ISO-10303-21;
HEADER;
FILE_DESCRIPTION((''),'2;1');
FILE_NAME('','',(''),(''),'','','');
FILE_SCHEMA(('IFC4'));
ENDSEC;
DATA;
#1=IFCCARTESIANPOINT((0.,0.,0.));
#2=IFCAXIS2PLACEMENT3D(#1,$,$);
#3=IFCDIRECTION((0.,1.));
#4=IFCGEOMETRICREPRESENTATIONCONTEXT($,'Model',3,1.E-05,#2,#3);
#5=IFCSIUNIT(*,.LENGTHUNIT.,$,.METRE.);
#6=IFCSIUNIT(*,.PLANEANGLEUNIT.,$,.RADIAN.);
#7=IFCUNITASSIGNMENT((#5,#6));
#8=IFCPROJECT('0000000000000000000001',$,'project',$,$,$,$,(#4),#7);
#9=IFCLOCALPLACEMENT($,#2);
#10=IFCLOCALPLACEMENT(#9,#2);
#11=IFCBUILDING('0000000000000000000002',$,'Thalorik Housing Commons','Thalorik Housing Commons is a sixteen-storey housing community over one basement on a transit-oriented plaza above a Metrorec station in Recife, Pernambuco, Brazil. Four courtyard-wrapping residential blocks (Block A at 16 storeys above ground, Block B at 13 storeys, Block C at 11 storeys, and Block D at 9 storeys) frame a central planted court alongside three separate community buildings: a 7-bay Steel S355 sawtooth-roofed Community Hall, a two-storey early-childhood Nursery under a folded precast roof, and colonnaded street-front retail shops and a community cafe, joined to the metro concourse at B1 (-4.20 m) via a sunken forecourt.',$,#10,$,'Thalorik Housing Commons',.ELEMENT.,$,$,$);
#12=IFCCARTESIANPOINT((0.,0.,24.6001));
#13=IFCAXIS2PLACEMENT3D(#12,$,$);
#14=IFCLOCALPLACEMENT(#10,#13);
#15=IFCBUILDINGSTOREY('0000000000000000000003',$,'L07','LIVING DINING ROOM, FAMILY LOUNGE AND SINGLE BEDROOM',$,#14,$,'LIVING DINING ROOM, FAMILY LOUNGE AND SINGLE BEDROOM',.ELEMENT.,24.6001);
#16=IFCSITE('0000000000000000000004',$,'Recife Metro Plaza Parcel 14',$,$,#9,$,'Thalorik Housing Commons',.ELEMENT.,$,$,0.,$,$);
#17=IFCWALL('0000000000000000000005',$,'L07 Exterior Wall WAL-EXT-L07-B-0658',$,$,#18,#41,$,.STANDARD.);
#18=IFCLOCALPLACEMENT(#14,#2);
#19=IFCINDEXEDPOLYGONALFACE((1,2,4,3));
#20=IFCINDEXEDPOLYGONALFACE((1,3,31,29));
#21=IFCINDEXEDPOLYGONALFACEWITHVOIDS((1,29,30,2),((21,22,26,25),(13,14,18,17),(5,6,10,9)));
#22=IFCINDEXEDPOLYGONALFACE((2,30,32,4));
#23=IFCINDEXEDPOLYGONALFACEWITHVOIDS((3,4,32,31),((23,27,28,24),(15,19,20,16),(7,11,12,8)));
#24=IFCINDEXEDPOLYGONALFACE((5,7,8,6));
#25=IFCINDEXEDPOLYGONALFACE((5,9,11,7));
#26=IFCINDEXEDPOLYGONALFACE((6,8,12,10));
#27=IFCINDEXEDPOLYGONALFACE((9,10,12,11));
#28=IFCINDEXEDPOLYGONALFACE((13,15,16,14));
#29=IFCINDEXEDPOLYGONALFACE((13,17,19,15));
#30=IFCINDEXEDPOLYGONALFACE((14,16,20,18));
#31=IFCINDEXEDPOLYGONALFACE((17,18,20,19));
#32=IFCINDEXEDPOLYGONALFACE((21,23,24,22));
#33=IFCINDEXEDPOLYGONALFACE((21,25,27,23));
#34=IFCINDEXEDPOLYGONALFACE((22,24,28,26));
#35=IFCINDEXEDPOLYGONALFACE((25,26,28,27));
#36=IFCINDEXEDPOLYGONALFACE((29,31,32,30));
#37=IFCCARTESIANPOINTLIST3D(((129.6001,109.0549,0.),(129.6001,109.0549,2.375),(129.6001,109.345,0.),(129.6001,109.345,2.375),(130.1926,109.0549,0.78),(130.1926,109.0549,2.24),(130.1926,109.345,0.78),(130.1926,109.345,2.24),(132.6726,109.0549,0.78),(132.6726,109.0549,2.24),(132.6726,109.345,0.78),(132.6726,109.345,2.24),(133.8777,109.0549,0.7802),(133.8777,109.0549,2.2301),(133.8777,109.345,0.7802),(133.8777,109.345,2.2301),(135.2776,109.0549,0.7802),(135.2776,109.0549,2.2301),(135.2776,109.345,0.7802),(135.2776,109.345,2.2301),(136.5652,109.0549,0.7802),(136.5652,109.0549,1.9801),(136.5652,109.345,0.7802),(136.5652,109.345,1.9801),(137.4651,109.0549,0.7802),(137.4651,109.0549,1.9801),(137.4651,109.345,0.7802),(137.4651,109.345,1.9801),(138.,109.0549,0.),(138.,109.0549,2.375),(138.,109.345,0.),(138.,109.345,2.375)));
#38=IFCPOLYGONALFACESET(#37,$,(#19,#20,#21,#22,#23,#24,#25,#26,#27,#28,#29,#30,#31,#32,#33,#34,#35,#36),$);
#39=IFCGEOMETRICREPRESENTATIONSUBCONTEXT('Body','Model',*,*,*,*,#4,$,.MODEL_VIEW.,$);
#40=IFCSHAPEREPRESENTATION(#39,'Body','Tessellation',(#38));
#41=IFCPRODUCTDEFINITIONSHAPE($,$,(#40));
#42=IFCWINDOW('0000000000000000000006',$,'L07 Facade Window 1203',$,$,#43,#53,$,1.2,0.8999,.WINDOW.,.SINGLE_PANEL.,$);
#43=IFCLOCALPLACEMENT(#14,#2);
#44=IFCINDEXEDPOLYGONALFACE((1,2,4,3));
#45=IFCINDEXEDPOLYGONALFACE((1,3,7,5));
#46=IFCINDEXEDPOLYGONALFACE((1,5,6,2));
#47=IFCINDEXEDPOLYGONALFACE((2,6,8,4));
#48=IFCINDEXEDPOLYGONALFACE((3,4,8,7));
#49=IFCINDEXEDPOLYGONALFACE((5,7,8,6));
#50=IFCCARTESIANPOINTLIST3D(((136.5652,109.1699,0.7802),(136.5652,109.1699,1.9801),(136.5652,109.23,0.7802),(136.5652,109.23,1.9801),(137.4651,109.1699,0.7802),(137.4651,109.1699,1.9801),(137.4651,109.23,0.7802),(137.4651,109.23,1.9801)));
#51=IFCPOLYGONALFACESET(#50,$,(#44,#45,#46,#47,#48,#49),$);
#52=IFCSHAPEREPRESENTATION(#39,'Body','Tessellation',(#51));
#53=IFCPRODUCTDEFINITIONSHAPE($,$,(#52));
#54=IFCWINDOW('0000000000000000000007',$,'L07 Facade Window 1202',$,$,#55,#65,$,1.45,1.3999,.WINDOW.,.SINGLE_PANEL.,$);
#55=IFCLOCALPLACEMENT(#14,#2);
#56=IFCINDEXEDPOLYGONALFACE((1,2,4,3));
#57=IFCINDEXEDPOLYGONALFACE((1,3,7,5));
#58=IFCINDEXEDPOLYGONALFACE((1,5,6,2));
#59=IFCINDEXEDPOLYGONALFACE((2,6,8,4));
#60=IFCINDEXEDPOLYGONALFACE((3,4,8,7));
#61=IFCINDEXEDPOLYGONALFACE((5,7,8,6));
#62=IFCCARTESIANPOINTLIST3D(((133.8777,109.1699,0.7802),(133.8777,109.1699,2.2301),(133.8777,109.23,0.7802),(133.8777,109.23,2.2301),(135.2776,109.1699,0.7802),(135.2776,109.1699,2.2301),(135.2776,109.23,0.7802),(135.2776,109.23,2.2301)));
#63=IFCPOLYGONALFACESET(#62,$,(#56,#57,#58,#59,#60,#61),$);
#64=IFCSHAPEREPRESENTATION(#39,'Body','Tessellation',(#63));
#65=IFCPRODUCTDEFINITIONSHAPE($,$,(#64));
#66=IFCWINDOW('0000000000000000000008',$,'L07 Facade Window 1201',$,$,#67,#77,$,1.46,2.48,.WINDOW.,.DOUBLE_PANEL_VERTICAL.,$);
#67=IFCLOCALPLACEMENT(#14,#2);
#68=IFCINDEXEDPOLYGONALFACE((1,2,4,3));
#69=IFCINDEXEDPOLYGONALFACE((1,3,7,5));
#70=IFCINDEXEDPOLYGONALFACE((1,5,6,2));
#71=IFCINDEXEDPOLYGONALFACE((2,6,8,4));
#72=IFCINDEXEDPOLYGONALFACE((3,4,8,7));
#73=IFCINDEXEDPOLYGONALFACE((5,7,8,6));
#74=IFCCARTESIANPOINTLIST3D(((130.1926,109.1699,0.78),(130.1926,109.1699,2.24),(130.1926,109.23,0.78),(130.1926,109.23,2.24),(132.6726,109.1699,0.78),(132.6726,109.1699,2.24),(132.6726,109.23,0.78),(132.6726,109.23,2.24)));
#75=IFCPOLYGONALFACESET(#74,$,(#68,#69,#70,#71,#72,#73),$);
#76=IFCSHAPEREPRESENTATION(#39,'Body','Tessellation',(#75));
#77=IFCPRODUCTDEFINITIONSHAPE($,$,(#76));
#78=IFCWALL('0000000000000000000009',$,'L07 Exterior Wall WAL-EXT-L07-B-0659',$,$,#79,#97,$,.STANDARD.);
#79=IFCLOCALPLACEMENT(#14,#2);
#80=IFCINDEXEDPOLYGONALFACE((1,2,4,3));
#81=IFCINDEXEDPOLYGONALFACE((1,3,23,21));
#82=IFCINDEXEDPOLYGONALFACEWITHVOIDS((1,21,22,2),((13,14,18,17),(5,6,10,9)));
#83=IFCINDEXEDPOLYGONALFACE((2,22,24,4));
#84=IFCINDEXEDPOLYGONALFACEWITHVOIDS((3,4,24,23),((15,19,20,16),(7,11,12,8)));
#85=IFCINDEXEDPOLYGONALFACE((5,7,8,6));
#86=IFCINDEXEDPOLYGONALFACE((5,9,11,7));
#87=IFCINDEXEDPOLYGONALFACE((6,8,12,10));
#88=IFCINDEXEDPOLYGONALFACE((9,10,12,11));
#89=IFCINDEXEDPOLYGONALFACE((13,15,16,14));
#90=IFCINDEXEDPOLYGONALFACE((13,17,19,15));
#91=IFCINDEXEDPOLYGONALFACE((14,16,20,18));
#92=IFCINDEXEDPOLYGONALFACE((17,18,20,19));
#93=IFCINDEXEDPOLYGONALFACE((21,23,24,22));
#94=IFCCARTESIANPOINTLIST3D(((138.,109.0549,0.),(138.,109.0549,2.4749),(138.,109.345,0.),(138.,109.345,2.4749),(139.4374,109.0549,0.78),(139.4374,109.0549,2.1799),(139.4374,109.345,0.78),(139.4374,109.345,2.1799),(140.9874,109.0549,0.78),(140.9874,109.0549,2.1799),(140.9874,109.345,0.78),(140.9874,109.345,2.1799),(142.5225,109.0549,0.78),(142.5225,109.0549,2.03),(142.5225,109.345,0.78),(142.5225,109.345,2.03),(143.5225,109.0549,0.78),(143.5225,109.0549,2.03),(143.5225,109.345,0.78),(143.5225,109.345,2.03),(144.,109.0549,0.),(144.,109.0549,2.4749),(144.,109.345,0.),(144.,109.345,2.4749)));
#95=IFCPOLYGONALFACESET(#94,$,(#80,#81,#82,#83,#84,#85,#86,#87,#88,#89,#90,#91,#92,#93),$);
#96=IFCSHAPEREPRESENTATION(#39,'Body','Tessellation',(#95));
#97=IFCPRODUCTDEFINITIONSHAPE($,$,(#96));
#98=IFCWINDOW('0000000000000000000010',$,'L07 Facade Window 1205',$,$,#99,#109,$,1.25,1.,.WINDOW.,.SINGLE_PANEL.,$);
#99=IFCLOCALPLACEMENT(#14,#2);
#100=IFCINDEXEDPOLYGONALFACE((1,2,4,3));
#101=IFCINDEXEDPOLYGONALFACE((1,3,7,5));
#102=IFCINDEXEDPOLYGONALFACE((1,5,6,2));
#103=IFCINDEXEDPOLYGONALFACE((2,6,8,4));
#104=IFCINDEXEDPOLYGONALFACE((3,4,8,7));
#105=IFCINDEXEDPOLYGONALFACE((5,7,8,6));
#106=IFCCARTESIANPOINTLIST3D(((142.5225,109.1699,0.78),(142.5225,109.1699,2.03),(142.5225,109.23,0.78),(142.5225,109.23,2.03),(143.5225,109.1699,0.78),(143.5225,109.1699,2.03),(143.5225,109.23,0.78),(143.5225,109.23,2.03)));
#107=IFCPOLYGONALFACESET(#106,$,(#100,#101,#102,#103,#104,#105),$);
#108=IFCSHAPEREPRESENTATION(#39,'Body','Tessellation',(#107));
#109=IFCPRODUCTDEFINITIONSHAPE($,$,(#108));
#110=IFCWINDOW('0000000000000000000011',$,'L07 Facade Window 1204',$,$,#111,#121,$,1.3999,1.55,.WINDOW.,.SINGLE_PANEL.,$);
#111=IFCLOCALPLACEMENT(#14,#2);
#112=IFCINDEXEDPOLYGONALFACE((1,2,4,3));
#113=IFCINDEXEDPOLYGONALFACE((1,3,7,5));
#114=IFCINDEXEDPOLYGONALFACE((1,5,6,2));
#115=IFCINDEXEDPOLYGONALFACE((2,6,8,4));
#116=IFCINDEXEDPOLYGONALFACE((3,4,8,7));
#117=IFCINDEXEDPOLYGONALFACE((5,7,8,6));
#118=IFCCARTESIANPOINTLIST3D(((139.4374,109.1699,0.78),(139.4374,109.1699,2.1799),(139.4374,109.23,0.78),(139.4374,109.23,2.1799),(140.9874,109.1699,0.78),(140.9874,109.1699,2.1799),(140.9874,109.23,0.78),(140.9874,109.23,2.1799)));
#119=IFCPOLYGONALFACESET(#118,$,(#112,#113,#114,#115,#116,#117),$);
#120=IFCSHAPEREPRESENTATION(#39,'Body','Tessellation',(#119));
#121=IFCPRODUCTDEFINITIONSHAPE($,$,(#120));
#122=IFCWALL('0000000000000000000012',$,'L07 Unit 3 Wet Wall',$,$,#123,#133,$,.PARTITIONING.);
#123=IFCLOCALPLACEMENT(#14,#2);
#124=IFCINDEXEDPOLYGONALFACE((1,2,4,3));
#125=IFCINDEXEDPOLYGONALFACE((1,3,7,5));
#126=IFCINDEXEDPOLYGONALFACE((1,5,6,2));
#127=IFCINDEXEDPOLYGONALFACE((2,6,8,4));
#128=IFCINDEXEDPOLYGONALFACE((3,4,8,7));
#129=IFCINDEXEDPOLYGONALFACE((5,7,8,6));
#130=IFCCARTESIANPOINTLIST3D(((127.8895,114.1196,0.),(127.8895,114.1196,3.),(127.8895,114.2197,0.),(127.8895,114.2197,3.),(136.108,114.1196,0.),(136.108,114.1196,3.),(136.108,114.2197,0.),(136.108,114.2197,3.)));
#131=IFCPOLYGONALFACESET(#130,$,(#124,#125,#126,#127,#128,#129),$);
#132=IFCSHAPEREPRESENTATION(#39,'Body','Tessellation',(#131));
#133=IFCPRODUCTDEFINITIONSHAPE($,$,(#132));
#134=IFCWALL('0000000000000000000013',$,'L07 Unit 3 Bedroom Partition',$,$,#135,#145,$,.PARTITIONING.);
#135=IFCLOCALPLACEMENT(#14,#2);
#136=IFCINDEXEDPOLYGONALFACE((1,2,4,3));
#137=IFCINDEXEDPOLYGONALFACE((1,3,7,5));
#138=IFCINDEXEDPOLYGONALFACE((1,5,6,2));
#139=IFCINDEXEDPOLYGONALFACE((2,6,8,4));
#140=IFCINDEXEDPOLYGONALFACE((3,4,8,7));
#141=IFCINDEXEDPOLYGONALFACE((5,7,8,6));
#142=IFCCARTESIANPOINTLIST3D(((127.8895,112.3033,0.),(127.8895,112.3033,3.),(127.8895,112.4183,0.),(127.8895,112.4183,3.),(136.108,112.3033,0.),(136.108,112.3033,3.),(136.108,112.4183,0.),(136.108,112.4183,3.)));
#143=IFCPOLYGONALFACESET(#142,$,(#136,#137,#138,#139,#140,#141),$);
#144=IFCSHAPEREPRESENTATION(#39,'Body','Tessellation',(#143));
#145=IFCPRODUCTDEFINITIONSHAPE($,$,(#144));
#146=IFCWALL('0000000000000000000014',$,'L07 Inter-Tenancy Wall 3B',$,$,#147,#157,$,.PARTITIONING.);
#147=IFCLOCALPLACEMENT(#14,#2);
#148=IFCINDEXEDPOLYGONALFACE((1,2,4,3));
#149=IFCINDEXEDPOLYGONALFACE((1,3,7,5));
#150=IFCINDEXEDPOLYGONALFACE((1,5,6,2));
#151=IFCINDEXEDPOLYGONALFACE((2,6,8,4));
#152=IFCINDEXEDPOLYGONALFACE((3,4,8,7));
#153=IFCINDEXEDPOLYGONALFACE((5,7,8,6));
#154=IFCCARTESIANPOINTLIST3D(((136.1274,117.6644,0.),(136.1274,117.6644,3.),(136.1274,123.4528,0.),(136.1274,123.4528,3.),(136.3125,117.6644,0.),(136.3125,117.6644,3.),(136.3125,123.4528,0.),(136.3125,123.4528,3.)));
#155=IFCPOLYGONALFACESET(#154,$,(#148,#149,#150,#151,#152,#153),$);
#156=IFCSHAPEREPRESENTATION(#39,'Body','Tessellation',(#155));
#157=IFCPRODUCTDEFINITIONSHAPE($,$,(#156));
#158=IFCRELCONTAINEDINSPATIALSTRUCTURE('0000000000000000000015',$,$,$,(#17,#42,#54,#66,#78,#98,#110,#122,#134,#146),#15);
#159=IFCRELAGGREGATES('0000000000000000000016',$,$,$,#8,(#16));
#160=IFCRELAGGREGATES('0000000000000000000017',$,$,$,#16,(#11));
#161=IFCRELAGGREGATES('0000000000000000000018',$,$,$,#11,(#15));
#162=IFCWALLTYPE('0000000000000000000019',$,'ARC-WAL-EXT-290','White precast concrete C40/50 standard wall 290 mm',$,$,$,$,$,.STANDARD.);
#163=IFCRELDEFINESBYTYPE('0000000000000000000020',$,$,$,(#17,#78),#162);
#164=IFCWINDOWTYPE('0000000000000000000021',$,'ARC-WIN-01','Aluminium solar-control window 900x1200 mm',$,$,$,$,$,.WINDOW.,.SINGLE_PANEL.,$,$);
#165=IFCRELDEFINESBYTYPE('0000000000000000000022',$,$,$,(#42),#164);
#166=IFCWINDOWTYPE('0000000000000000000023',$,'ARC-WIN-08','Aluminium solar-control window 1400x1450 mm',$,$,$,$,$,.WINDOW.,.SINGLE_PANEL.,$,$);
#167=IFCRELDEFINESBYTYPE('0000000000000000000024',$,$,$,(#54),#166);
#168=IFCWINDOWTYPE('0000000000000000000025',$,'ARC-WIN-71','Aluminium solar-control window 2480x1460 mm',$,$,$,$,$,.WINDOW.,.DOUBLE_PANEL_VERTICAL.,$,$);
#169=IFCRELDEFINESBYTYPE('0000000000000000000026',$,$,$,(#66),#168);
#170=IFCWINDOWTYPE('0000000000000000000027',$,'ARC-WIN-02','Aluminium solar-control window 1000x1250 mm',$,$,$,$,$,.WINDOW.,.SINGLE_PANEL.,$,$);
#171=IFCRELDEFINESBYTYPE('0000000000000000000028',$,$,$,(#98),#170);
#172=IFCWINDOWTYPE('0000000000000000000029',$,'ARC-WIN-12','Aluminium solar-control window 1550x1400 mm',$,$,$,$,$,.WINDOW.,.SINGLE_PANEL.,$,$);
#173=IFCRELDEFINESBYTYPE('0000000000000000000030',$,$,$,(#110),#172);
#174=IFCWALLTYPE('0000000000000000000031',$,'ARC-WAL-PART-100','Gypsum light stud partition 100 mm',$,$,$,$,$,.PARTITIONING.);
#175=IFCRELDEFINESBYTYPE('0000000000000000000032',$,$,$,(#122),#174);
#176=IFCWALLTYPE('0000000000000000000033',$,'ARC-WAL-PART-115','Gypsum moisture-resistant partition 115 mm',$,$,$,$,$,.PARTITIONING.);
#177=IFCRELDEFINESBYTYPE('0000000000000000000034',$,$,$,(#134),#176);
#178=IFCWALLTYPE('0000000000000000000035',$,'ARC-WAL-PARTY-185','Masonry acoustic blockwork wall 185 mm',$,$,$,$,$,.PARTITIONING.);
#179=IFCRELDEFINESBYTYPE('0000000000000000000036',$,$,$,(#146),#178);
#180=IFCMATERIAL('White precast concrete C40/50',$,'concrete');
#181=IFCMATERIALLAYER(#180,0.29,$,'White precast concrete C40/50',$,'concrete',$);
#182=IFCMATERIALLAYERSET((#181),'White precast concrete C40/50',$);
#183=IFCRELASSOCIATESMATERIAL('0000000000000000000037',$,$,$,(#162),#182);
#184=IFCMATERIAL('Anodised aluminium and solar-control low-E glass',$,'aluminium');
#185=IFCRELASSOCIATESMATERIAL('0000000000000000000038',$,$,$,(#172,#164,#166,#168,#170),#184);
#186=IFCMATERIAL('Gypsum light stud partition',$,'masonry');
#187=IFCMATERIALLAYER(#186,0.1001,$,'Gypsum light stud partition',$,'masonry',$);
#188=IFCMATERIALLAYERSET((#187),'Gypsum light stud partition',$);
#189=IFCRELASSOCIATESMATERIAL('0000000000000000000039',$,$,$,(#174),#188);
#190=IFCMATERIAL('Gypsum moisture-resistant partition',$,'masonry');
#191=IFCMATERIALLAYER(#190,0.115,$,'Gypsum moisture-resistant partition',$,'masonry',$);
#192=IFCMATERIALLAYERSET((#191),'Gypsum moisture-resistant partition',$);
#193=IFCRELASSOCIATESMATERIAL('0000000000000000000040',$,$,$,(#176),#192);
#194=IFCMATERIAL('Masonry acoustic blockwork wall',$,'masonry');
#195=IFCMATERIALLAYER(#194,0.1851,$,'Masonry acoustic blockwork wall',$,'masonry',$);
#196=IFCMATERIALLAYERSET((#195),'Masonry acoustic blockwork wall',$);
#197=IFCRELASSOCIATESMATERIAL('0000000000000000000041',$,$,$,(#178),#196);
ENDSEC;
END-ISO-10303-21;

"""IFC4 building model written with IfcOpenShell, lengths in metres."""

from ifc_helpers import new_model, si_unit, direction, frame, frame_2d, origin, place, context, subcontext, project, spatial, rectangle, extrude, material, layer, layer_set, type_object, element, fill, save


model = new_model("IFC4")

# Units and contexts
model_context = context("Model", 3, precision=1e-05, world=origin(), true_north=direction((0.0, 1.0)))
body_context = subcontext(model_context, "Body", "Model", "MODEL_VIEW")
ifc_project = project(units=[si_unit("LENGTHUNIT", "METRE"), si_unit("PLANEANGLEUNIT", "RADIAN")], contexts=[model_context])

# Site, building, storey
site_placement = place(None, origin())
site = spatial("IfcSite", under=ifc_project, at=site_placement, Name="Recife Metro Plaza Parcel 14", LongName="Thalorik Housing Commons", CompositionType="ELEMENT", RefElevation=0.0)
building_placement = place(site_placement, origin())
building = spatial("IfcBuilding", under=site, at=building_placement, Name="Thalorik Housing Commons", Description="Thalorik Housing Commons is a sixteen-storey housing community over one basement on a transit-oriented plaza above a Metrorec station in Recife, Pernambuco, Brazil. Four courtyard-wrapping residential blocks (Block A at 16 storeys above ground, Block B at 13 storeys, Block C at 11 storeys, and Block D at 9 storeys) frame a central planted court alongside three separate community buildings: a 7-bay Steel S355 sawtooth-roofed Community Hall, a two-storey early-childhood Nursery under a folded precast roof, and colonnaded street-front retail shops and a community cafe, joined to the metro concourse at B1 (-4.20 m) via a sunken forecourt.", LongName="Thalorik Housing Commons", CompositionType="ELEMENT")
storey_placement = place(building_placement, frame((0.0, 0.0, 24.6001)))
storey = spatial("IfcBuildingStorey", under=building, at=storey_placement, Name="L07", Description="LIVING DINING ROOM, FAMILY LOUNGE AND SINGLE BEDROOM", LongName="LIVING DINING ROOM, FAMILY LOUNGE AND SINGLE BEDROOM", CompositionType="ELEMENT", Elevation=24.6001)

# Shared definitions
ifc_material_1 = material(Name="White precast concrete C40/50", Category="concrete")
ifc_layer_1 = layer(ifc_material_1, 0.29, Name="White precast concrete C40/50", Category="concrete")
ifc_layer_set_1 = layer_set([ifc_layer_1], Name="White precast concrete C40/50")
wall_type_1 = type_object("IfcWallType", Name="ARC-WAL-EXT-290", Description="White precast concrete C40/50 standard wall 290 mm", PredefinedType="STANDARD", material=ifc_layer_set_1)
ifc_material_2 = material(Name="Anodised aluminium and solar-control low-E glass", Category="aluminium")
window_type_1 = type_object("IfcWindowType", Name="ARC-WIN-12", Description="Aluminium solar-control window 1550x1400 mm", PartitioningType="SINGLE_PANEL", PredefinedType="WINDOW", material=ifc_material_2)

# Walls, openings, windows
wall_1_placement = place(storey_placement, frame((129.6001, 109.2, 0.0), z_axis=(0.0, 0.0, 1.0), x_axis=(1.0, 0.0, 0.0)))
wall_1 = element("IfcWall", 1, at=wall_1_placement, inside=storey, type_object=wall_type_1, Name="L07 Exterior Wall WAL-EXT-L07-B-0658", PredefinedType="STANDARD", context=body_context, shape_type="SweptSolid", body=[
    extrude(rectangle(XDim=8.3999, YDim=0.29, at=frame_2d((4.2, 0.0))), origin(), (0.0, 0.0, 1.0), 2.375),
])
opening_1_placement = place(wall_1_placement, frame((0.5925, 0.0, 0.78)))
opening_1 = element("IfcOpeningElement", 2, at=opening_1_placement, cuts=wall_1, PredefinedType="OPENING", context=body_context, shape_type="SweptSolid", body=[
    extrude(rectangle(XDim=2.48, YDim=1.46, at=frame_2d((1.24, 0.73))), frame((0.0, 0.155, 0.0), z_axis=(0.0, -1.0, 0.0), x_axis=(1.0, 0.0, 0.0)), (0.0, 0.0, 1.0), 0.3101),
])
opening_2_placement = place(wall_1_placement, frame((4.2776, 0.0, 0.78)))
opening_2 = element("IfcOpeningElement", 3, at=opening_2_placement, cuts=wall_1, PredefinedType="OPENING", context=body_context, shape_type="SweptSolid", body=[
    extrude(rectangle(XDim=1.3999, YDim=1.45, at=frame_2d((0.7, 0.7251))), frame((0.0, 0.155, 0.0), z_axis=(0.0, -1.0, 0.0), x_axis=(1.0, 0.0, 0.0)), (0.0, 0.0, 1.0), 0.3101),
])
opening_3_placement = place(wall_1_placement, frame((6.9651, 0.0, 0.78)))
opening_3 = element("IfcOpeningElement", 4, at=opening_3_placement, cuts=wall_1, PredefinedType="OPENING", context=body_context, shape_type="SweptSolid", body=[
    extrude(rectangle(XDim=0.8999, YDim=1.2, at=frame_2d((0.45, 0.6001))), frame((0.0, 0.155, 0.0), z_axis=(0.0, -1.0, 0.0), x_axis=(1.0, 0.0, 0.0)), (0.0, 0.0, 1.0), 0.3101),
])
window_type_2 = type_object("IfcWindowType", Name="ARC-WIN-01", Description="Aluminium solar-control window 900x1200 mm", PartitioningType="SINGLE_PANEL", PredefinedType="WINDOW", material=ifc_material_2)
window_1_placement = place(opening_3_placement, origin())
window_1 = element("IfcWindow", 5, at=window_1_placement, inside=storey, type_object=window_type_2, Name="L07 Facade Window 1203", OverallHeight=1.2, OverallWidth=0.8999, PartitioningType="SINGLE_PANEL", PredefinedType="WINDOW", context=body_context, shape_type="SweptSolid", body=[
    extrude(rectangle(XDim=0.8999, YDim=1.2, at=frame_2d((0.45, 0.6001))), frame((0.0, 0.03, 0.0), z_axis=(0.0, -1.0, 0.0), x_axis=(1.0, 0.0, 0.0)), (0.0, 0.0, 1.0), 0.0601),
])
fill(opening_3, window_1)
window_type_3 = type_object("IfcWindowType", Name="ARC-WIN-08", Description="Aluminium solar-control window 1400x1450 mm", PartitioningType="SINGLE_PANEL", PredefinedType="WINDOW", material=ifc_material_2)
window_2_placement = place(opening_2_placement, origin())
window_2 = element("IfcWindow", 6, at=window_2_placement, inside=storey, type_object=window_type_3, Name="L07 Facade Window 1202", OverallHeight=1.45, OverallWidth=1.3999, PartitioningType="SINGLE_PANEL", PredefinedType="WINDOW", context=body_context, shape_type="SweptSolid", body=[
    extrude(rectangle(XDim=1.3999, YDim=1.45, at=frame_2d((0.7, 0.7251))), frame((0.0, 0.03, 0.0), z_axis=(0.0, -1.0, 0.0), x_axis=(1.0, 0.0, 0.0)), (0.0, 0.0, 1.0), 0.0601),
])
fill(opening_2, window_2)
window_type_4 = type_object("IfcWindowType", Name="ARC-WIN-71", Description="Aluminium solar-control window 2480x1460 mm", PartitioningType="DOUBLE_PANEL_VERTICAL", PredefinedType="WINDOW", material=ifc_material_2)
window_3_placement = place(opening_1_placement, origin())
window_3 = element("IfcWindow", 7, at=window_3_placement, inside=storey, type_object=window_type_4, Name="L07 Facade Window 1201", OverallHeight=1.46, OverallWidth=2.48, PartitioningType="DOUBLE_PANEL_VERTICAL", PredefinedType="WINDOW", context=body_context, shape_type="SweptSolid", body=[
    extrude(rectangle(XDim=2.48, YDim=1.46, at=frame_2d((1.24, 0.73))), frame((0.0, 0.03, 0.0), z_axis=(0.0, -1.0, 0.0), x_axis=(1.0, 0.0, 0.0)), (0.0, 0.0, 1.0), 0.0601),
])
fill(opening_1, window_3)
wall_2_placement = place(storey_placement, frame((138.0, 109.2, 0.0), z_axis=(0.0, 0.0, 1.0), x_axis=(1.0, 0.0, 0.0)))
wall_2 = element("IfcWall", 8, at=wall_2_placement, inside=storey, type_object=wall_type_1, Name="L07 Exterior Wall WAL-EXT-L07-B-0659", PredefinedType="STANDARD", context=body_context, shape_type="SweptSolid", body=[
    extrude(rectangle(XDim=6.0, YDim=0.29, at=frame_2d((3.0, 0.0))), origin(), (0.0, 0.0, 1.0), 2.4749),
])
opening_4_placement = place(wall_2_placement, frame((1.4375, 0.0, 0.78)))
opening_4 = element("IfcOpeningElement", 9, at=opening_4_placement, cuts=wall_2, PredefinedType="OPENING", context=body_context, shape_type="SweptSolid", body=[
    extrude(rectangle(XDim=1.55, YDim=1.3999, at=frame_2d((0.7749, 0.7))), frame((0.0, 0.155, 0.0), z_axis=(0.0, -1.0, 0.0), x_axis=(1.0, 0.0, 0.0)), (0.0, 0.0, 1.0), 0.3101),
])
opening_5_placement = place(wall_2_placement, frame((4.5225, 0.0, 0.78)))
opening_5 = element("IfcOpeningElement", 10, at=opening_5_placement, cuts=wall_2, PredefinedType="OPENING", context=body_context, shape_type="SweptSolid", body=[
    extrude(rectangle(XDim=1.0, YDim=1.25, at=frame_2d((0.5, 0.625))), frame((0.0, 0.155, 0.0), z_axis=(0.0, -1.0, 0.0), x_axis=(1.0, 0.0, 0.0)), (0.0, 0.0, 1.0), 0.3101),
])
window_type_5 = type_object("IfcWindowType", Name="ARC-WIN-02", Description="Aluminium solar-control window 1000x1250 mm", PartitioningType="SINGLE_PANEL", PredefinedType="WINDOW", material=ifc_material_2)
window_4_placement = place(opening_5_placement, origin())
window_4 = element("IfcWindow", 11, at=window_4_placement, inside=storey, type_object=window_type_5, Name="L07 Facade Window 1205", OverallHeight=1.25, OverallWidth=1.0, PartitioningType="SINGLE_PANEL", PredefinedType="WINDOW", context=body_context, shape_type="SweptSolid", body=[
    extrude(rectangle(XDim=1.0, YDim=1.25, at=frame_2d((0.5, 0.625))), frame((0.0, 0.03, 0.0), z_axis=(0.0, -1.0, 0.0), x_axis=(1.0, 0.0, 0.0)), (0.0, 0.0, 1.0), 0.0601),
])
fill(opening_5, window_4)
window_5_placement = place(opening_4_placement, origin())
window_5 = element("IfcWindow", 12, at=window_5_placement, inside=storey, type_object=window_type_1, Name="L07 Facade Window 1204", OverallHeight=1.3999, OverallWidth=1.55, PartitioningType="SINGLE_PANEL", PredefinedType="WINDOW", context=body_context, shape_type="SweptSolid", body=[
    extrude(rectangle(XDim=1.55, YDim=1.3999, at=frame_2d((0.7749, 0.7))), frame((0.0, 0.03, 0.0), z_axis=(0.0, -1.0, 0.0), x_axis=(1.0, 0.0, 0.0)), (0.0, 0.0, 1.0), 0.0601),
])
fill(opening_4, window_5)

# Walls
ifc_material_3 = material(Name="Gypsum light stud partition", Category="masonry")
ifc_layer_2 = layer(ifc_material_3, 0.1001, Name="Gypsum light stud partition", Category="masonry")
ifc_layer_set_2 = layer_set([ifc_layer_2], Name="Gypsum light stud partition")
wall_type_2 = type_object("IfcWallType", Name="ARC-WAL-PART-100", Description="Gypsum light stud partition 100 mm", PredefinedType="PARTITIONING", material=ifc_layer_set_2)
wall_3_placement = place(storey_placement, frame((127.8894, 114.1697, 0.0), z_axis=(0.0, 0.0, 1.0), x_axis=(1.0, 0.0, 0.0)))
element("IfcWall", 13, at=wall_3_placement, inside=storey, type_object=wall_type_2, Name="L07 Unit 3 Wet Wall", PredefinedType="PARTITIONING", context=body_context, shape_type="SweptSolid", body=[
    extrude(rectangle(XDim=8.2185, YDim=0.1001, at=frame_2d((4.1094, 0.0))), origin(), (0.0, 0.0, 1.0), 3.0),
])
ifc_material_4 = material(Name="Gypsum moisture-resistant partition", Category="masonry")
ifc_layer_3 = layer(ifc_material_4, 0.115, Name="Gypsum moisture-resistant partition", Category="masonry")
ifc_layer_set_3 = layer_set([ifc_layer_3], Name="Gypsum moisture-resistant partition")
wall_type_3 = type_object("IfcWallType", Name="ARC-WAL-PART-115", Description="Gypsum moisture-resistant partition 115 mm", PredefinedType="PARTITIONING", material=ifc_layer_set_3)
wall_4_placement = place(storey_placement, frame((127.8894, 112.3608, 0.0), z_axis=(0.0, 0.0, 1.0), x_axis=(1.0, 0.0, 0.0)))
element("IfcWall", 14, at=wall_4_placement, inside=storey, type_object=wall_type_3, Name="L07 Unit 3 Bedroom Partition", PredefinedType="PARTITIONING", context=body_context, shape_type="SweptSolid", body=[
    extrude(rectangle(XDim=8.2185, YDim=0.115, at=frame_2d((4.1094, 0.0))), origin(), (0.0, 0.0, 1.0), 3.0),
])
ifc_material_5 = material(Name="Masonry acoustic blockwork wall", Category="masonry")
ifc_layer_4 = layer(ifc_material_5, 0.1851, Name="Masonry acoustic blockwork wall", Category="masonry")
ifc_layer_set_4 = layer_set([ifc_layer_4], Name="Masonry acoustic blockwork wall")
wall_type_4 = type_object("IfcWallType", Name="ARC-WAL-PARTY-185", Description="Masonry acoustic blockwork wall 185 mm", PredefinedType="PARTITIONING", material=ifc_layer_set_4)
wall_5_placement = place(storey_placement, frame((136.22, 117.6646, 0.0), z_axis=(0.0, 0.0, 1.0), x_axis=(0.0, 1.0, 0.0)))
element("IfcWall", 15, at=wall_5_placement, inside=storey, type_object=wall_type_4, Name="L07 Inter-Tenancy Wall 3B", PredefinedType="PARTITIONING", context=body_context, shape_type="SweptSolid", body=[
    extrude(rectangle(XDim=5.7883, YDim=0.1851, at=frame_2d((2.894, 0.0))), origin(), (0.0, 0.0, 1.0), 3.0),
])

save(model, "model.ifc")
